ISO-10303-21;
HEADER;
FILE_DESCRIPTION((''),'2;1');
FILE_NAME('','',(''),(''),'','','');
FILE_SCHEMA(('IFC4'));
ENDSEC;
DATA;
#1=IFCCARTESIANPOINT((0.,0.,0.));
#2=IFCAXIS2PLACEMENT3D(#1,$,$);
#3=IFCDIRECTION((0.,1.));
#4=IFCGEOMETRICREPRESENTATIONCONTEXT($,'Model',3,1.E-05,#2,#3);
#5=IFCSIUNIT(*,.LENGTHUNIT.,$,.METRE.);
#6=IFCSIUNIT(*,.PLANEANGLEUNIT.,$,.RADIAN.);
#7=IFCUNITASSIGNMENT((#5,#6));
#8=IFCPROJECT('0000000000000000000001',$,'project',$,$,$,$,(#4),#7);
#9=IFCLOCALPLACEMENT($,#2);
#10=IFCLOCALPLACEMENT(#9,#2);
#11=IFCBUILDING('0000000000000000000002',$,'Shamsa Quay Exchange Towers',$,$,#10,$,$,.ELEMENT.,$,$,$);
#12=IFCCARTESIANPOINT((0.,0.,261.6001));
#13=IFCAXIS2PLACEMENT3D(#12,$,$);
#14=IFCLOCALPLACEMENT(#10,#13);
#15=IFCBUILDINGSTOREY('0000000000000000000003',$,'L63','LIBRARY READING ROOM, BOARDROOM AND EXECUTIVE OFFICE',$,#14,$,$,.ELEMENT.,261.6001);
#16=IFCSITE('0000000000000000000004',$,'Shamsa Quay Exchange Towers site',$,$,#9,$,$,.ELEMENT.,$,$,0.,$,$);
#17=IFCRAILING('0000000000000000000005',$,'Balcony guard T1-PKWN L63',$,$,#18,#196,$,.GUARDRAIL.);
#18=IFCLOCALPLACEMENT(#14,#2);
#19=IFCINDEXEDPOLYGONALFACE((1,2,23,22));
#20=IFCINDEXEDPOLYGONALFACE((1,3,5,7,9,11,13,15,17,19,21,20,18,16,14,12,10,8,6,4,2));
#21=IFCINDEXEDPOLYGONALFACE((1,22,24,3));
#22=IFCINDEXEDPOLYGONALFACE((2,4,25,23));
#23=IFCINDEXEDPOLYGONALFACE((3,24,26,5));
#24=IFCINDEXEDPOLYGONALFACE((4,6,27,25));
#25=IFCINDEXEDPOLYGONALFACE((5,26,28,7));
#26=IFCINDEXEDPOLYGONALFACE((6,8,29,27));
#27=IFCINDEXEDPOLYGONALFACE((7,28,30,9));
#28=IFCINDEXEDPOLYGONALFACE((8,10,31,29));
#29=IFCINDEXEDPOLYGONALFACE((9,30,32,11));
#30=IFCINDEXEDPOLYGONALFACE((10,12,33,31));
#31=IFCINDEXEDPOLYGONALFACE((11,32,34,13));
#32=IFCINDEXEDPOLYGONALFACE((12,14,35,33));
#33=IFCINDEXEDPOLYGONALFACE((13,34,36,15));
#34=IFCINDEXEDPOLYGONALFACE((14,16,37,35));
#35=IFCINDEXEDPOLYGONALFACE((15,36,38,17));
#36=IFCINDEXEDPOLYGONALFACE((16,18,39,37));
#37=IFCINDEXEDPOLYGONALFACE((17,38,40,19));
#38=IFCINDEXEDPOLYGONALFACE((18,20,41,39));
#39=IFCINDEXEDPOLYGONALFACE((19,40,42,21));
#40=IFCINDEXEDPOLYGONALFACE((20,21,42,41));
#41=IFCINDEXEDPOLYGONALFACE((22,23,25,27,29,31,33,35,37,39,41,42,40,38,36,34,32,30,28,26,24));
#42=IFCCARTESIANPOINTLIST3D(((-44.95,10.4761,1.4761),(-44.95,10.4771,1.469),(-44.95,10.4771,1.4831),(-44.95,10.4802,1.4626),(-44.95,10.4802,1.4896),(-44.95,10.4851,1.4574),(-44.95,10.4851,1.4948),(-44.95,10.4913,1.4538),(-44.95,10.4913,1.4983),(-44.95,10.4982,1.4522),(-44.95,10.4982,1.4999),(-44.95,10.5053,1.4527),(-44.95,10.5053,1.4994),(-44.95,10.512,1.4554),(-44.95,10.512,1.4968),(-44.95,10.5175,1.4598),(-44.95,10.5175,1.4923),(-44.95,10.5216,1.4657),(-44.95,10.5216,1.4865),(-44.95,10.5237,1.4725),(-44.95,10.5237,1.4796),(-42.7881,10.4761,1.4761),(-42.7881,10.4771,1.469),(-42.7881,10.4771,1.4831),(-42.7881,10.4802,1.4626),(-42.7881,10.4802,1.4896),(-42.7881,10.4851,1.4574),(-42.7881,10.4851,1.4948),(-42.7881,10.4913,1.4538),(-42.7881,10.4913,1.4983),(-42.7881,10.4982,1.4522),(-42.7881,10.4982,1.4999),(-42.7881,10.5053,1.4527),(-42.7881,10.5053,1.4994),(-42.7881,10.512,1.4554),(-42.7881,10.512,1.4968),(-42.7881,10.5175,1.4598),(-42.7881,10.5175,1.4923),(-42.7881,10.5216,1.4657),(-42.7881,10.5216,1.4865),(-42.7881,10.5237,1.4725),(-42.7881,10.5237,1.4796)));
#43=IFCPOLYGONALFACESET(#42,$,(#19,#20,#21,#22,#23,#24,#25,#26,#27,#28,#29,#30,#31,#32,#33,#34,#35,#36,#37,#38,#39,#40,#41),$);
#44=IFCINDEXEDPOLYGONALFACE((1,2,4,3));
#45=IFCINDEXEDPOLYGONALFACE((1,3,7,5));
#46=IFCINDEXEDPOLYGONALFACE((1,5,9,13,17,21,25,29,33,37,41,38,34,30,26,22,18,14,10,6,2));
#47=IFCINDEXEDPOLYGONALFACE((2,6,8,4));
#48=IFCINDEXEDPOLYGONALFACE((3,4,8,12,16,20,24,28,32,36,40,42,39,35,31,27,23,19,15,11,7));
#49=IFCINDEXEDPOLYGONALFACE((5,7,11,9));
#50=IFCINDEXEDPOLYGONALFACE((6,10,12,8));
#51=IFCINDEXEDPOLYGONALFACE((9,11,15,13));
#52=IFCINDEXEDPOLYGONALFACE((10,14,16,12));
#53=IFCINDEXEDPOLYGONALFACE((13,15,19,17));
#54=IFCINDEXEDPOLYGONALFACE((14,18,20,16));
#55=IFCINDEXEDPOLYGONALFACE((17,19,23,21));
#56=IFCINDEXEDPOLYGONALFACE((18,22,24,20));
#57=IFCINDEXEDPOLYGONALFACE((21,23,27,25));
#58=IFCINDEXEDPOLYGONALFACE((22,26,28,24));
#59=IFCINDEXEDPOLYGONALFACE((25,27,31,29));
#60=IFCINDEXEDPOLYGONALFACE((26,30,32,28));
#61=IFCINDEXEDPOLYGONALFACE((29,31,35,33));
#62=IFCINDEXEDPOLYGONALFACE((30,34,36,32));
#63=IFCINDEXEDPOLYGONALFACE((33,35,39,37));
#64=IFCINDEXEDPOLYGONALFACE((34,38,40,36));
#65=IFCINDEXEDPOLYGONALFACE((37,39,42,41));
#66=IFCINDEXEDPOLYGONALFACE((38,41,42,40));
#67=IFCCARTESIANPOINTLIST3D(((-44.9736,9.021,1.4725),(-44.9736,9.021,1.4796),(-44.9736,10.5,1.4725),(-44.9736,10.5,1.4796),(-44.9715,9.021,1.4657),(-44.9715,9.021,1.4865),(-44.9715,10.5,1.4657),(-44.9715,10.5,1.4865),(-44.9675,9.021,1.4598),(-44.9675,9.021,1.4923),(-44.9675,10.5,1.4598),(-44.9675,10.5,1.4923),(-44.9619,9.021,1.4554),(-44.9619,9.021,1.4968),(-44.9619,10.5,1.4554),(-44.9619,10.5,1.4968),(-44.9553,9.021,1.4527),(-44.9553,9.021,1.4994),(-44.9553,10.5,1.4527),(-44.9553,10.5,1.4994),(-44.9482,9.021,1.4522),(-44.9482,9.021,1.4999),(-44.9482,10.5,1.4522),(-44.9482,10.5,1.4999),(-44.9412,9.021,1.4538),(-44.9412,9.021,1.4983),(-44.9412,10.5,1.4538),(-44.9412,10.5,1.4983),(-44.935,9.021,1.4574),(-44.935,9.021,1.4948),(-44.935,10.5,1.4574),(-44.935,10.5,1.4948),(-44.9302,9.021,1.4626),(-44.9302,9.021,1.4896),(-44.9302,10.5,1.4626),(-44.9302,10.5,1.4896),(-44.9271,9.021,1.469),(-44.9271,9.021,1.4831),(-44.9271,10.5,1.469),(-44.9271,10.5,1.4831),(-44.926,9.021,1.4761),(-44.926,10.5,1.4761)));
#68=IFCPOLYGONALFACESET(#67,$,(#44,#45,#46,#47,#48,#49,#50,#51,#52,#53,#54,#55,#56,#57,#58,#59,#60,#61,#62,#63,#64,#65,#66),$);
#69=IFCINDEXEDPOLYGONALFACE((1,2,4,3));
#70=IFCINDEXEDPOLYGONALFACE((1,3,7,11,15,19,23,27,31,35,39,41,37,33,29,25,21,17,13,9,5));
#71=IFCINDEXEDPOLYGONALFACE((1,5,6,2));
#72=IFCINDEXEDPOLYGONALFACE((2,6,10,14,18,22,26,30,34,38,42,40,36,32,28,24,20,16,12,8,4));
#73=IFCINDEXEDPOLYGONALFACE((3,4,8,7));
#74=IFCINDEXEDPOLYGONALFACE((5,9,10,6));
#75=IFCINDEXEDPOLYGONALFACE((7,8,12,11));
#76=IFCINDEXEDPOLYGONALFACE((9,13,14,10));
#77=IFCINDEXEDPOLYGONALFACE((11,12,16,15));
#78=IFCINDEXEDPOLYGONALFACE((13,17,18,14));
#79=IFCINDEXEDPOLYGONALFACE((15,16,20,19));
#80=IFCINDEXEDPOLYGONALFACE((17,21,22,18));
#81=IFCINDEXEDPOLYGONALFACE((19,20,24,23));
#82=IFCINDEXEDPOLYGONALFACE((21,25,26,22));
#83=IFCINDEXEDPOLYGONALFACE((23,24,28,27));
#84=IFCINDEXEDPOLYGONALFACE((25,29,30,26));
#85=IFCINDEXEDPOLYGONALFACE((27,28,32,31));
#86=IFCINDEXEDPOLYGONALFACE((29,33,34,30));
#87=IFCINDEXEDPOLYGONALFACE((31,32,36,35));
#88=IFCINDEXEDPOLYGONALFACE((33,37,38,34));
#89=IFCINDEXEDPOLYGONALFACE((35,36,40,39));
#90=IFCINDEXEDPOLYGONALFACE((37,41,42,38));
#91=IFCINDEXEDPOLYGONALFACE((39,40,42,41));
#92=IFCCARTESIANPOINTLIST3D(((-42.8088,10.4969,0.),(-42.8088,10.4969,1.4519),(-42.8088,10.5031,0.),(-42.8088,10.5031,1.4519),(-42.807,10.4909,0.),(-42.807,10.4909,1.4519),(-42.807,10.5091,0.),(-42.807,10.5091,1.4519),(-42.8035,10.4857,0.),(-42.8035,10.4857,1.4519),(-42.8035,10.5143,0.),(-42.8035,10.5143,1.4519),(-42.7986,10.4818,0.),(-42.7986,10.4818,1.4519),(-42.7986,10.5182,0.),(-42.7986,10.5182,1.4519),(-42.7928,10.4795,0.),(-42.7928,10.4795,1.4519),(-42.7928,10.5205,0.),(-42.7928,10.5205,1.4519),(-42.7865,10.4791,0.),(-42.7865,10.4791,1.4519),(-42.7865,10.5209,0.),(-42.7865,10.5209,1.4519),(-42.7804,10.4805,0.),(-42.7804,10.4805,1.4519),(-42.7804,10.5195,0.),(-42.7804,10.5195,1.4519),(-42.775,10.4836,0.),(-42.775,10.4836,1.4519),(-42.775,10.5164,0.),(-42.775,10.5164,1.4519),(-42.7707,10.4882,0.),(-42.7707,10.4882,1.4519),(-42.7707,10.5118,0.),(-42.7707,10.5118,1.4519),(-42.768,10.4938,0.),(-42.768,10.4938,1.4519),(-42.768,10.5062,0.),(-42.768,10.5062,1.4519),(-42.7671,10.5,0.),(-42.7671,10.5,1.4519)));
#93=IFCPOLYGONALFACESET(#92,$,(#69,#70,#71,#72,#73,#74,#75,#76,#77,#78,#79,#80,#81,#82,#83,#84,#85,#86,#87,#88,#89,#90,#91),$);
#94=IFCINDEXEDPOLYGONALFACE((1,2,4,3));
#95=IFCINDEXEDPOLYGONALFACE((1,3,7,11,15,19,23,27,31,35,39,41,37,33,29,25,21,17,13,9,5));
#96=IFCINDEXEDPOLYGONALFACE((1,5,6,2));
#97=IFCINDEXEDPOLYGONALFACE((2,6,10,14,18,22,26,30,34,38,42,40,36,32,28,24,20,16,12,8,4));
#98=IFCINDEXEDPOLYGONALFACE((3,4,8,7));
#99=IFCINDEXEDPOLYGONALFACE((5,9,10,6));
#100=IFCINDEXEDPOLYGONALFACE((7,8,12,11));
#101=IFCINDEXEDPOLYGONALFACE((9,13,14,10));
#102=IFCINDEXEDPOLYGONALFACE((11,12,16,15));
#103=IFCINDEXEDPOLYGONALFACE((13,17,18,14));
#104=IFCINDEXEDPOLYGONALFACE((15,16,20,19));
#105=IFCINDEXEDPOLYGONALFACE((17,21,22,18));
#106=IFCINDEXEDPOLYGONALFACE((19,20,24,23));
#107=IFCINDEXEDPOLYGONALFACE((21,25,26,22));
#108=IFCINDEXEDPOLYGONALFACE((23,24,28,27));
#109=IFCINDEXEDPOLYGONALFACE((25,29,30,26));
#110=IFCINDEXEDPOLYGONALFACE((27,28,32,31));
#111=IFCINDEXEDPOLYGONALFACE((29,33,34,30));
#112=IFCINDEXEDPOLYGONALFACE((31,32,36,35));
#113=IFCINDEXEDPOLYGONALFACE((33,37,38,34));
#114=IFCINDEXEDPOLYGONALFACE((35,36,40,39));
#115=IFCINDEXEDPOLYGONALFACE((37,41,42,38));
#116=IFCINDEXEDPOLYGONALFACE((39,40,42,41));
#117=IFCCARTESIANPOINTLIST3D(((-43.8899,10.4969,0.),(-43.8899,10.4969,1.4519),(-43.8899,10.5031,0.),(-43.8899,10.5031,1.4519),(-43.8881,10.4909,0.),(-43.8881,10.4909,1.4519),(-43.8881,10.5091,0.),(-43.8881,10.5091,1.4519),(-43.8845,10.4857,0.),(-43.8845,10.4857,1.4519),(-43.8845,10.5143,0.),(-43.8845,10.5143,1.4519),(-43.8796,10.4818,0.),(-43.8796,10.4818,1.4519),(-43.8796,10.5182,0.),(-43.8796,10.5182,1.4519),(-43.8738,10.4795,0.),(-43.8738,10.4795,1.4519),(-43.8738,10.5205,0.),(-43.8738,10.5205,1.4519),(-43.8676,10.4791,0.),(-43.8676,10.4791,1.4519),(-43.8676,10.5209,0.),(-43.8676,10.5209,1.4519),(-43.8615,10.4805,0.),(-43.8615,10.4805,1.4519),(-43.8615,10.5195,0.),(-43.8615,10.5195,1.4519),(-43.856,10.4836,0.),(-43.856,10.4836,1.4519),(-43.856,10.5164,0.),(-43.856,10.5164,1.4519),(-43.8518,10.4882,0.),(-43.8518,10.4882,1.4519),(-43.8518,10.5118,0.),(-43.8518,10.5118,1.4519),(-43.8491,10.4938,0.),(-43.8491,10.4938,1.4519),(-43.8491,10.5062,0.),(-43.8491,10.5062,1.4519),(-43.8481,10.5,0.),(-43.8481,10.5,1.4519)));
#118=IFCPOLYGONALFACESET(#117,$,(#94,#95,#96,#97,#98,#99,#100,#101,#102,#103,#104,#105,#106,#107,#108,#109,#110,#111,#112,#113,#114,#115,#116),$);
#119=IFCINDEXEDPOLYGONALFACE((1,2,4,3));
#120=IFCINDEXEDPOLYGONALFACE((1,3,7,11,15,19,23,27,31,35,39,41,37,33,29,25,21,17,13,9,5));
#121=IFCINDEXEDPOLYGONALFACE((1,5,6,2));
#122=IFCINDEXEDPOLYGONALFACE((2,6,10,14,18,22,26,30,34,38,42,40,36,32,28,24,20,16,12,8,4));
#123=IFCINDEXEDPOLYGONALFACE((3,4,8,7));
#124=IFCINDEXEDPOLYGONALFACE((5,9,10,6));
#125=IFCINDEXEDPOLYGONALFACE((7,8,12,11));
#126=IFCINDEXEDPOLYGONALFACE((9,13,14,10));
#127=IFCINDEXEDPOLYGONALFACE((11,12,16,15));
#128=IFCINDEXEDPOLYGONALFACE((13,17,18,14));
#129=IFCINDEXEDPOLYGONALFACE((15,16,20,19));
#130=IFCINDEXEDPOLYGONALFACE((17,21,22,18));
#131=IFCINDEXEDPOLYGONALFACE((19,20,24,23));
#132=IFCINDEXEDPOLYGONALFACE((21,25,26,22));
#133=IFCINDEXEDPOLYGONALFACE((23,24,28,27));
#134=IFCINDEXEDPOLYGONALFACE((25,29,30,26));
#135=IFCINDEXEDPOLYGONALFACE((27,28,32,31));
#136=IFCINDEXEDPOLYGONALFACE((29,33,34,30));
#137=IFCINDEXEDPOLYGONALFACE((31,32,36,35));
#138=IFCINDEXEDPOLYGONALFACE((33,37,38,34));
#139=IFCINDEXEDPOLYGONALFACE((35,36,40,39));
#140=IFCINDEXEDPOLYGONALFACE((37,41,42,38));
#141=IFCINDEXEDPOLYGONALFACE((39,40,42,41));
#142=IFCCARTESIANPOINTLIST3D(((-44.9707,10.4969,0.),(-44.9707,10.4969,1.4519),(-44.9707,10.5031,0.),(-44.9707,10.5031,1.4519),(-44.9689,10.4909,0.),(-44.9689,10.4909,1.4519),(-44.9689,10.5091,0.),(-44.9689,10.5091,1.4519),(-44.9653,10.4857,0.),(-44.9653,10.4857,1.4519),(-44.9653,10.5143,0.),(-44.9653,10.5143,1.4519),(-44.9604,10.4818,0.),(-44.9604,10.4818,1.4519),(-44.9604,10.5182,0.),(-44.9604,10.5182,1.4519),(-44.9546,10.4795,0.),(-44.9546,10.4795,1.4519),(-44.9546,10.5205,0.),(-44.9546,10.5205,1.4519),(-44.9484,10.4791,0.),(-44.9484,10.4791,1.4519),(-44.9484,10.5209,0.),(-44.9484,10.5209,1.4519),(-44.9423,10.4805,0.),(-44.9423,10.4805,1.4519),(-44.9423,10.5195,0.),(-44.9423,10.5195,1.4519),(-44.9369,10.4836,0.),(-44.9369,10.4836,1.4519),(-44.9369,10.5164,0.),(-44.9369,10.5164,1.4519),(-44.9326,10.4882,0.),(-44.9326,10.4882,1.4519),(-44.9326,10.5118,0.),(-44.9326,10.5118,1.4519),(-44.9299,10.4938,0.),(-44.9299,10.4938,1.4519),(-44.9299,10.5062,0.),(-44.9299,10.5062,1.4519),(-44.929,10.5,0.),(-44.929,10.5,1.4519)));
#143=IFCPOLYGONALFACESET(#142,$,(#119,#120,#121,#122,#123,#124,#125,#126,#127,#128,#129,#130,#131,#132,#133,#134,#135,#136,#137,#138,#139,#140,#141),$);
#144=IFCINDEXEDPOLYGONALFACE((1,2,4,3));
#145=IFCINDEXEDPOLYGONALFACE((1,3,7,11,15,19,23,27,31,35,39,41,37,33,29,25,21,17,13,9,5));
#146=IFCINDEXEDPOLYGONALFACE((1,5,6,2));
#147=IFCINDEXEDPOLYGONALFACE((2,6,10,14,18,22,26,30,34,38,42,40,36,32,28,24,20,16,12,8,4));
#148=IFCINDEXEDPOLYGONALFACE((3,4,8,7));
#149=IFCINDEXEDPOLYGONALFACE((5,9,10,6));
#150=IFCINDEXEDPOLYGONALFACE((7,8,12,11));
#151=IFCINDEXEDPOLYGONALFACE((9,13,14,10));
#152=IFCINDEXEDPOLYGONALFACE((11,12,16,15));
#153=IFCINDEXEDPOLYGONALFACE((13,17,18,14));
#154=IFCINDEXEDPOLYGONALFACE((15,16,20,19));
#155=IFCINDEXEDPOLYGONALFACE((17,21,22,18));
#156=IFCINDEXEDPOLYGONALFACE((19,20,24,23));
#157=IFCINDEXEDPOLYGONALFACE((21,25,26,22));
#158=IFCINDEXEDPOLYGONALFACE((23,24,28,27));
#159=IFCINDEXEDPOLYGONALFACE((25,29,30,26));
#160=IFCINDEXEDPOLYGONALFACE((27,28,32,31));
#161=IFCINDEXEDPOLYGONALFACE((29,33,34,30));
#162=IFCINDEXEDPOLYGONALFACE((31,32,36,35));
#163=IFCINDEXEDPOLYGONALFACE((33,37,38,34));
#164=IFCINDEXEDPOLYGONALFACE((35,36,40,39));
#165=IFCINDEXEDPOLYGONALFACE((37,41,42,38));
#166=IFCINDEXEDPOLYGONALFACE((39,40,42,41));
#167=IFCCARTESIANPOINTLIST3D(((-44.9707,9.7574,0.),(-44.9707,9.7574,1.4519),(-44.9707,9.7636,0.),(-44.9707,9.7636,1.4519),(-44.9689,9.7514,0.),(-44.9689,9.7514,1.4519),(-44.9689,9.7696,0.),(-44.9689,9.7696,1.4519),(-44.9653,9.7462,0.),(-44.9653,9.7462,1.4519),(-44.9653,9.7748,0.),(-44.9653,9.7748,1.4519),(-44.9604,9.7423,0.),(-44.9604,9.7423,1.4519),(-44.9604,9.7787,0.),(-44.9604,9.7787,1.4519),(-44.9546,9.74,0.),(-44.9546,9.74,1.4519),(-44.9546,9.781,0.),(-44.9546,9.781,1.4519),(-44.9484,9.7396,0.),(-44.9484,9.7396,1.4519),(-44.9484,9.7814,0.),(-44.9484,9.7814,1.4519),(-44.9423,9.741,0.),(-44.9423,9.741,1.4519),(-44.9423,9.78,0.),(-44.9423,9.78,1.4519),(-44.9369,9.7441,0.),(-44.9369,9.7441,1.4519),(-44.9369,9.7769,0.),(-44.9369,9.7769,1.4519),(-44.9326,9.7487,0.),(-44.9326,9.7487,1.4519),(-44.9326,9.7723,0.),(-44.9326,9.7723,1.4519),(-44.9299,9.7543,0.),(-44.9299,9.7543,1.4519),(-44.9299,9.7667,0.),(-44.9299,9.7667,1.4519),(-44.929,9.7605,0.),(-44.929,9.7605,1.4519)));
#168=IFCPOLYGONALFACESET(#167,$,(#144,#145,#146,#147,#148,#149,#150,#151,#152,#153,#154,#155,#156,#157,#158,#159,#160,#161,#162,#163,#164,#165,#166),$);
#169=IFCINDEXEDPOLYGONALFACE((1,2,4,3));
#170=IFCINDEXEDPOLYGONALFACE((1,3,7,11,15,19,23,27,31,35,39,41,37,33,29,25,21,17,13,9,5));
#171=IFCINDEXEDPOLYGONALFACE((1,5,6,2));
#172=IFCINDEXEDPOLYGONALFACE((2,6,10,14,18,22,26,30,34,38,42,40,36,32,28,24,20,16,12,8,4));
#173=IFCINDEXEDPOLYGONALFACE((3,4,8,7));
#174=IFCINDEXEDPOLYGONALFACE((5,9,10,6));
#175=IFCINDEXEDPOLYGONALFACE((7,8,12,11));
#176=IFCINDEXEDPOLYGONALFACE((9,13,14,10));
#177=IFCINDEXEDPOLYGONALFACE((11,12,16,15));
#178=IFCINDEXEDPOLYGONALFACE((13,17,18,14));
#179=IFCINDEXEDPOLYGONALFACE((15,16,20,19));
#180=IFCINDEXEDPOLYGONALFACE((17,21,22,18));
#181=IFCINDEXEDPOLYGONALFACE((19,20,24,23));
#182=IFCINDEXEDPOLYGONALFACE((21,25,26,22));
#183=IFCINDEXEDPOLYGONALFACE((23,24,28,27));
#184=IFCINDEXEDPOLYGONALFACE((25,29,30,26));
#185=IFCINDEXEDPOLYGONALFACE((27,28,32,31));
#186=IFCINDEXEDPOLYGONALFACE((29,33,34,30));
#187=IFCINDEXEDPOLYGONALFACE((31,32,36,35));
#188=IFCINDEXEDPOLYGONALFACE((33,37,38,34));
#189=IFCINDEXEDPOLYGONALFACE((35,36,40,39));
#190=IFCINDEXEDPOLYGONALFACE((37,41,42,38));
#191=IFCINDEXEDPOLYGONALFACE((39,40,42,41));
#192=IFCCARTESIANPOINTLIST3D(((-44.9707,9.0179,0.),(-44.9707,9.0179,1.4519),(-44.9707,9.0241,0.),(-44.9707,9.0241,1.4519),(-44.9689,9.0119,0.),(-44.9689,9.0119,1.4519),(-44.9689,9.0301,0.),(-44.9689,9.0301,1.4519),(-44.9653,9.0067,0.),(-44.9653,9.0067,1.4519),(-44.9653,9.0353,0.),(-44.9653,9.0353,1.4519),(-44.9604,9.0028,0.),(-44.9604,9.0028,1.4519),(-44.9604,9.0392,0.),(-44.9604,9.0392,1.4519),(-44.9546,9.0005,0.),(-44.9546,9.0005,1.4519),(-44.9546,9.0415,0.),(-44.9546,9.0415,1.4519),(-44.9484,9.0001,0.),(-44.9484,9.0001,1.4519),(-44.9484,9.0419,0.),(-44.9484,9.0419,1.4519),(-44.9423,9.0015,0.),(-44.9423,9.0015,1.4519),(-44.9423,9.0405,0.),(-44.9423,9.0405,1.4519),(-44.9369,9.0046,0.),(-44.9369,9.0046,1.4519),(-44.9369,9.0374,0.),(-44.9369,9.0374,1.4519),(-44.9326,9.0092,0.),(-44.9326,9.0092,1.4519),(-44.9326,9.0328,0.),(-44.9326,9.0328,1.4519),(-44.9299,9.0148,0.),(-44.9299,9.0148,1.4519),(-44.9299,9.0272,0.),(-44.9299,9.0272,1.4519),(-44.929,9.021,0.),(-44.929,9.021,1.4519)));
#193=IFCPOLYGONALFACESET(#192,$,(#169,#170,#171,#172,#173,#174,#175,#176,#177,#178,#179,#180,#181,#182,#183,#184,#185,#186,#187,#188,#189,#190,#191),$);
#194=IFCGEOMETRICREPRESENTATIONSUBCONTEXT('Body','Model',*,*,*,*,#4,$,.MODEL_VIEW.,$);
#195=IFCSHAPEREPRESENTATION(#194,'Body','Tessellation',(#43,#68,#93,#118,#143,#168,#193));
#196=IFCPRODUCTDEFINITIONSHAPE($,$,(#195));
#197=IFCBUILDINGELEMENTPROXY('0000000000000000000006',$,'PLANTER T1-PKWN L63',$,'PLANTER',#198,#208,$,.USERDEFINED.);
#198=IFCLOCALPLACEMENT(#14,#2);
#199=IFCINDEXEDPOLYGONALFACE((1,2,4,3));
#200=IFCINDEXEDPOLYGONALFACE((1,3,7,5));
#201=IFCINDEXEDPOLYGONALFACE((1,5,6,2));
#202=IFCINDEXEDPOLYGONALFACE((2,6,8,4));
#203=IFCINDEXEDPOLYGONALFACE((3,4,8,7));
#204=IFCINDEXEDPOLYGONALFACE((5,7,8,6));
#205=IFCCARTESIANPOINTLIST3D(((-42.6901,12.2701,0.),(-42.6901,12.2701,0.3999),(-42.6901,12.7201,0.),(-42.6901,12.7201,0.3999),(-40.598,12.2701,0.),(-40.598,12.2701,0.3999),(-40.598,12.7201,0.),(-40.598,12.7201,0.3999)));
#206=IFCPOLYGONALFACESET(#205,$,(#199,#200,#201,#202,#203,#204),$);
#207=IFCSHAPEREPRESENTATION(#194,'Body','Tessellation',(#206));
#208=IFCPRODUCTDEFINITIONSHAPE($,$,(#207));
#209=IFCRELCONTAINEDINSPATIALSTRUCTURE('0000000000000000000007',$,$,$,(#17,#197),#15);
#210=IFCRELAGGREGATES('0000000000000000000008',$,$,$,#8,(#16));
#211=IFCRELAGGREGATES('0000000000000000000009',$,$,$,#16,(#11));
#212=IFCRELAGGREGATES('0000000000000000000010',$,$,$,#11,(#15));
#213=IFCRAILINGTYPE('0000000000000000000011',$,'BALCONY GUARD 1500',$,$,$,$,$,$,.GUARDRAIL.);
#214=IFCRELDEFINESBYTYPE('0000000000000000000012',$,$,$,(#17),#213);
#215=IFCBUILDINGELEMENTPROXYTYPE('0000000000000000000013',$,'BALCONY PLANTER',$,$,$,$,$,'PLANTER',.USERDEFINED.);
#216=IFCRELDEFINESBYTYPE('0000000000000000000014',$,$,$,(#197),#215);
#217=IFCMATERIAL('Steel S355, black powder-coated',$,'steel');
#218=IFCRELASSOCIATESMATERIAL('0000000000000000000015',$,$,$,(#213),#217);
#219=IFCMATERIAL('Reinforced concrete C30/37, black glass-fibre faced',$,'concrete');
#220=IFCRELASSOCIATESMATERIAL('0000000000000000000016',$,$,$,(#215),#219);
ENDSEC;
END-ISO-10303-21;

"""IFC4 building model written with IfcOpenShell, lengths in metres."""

from ifc_helpers import new_model, si_unit, direction, frame, origin, origin_2d, place, context, subcontext, project, spatial, rectangle, circle, extrude, material, type_object, element, save


model = new_model("IFC4")

# Units and contexts
model_context = context("Model", 3, precision=1e-05, world=origin(), true_north=direction((0.0, 1.0)))
body_context = subcontext(model_context, "Body", "Model", "MODEL_VIEW")
ifc_project = project(units=[si_unit("LENGTHUNIT", "METRE"), si_unit("PLANEANGLEUNIT", "RADIAN")], contexts=[model_context])

# Site, building, storey
site_placement = place(None, origin())
site = spatial("IfcSite", under=ifc_project, at=site_placement, Name="Shamsa Quay Exchange Towers site", CompositionType="ELEMENT", RefElevation=0.0)
building_placement = place(site_placement, origin())
building = spatial("IfcBuilding", under=site, at=building_placement, Name="Shamsa Quay Exchange Towers", CompositionType="ELEMENT")
storey_placement = place(building_placement, frame((0.0, 0.0, 261.6001)))
storey = spatial("IfcBuildingStorey", under=building, at=storey_placement, Name="L63", Description="LIBRARY READING ROOM, BOARDROOM AND EXECUTIVE OFFICE", CompositionType="ELEMENT", Elevation=261.6001)

# Railing
ifc_material_1 = material(Name="Steel S355, black powder-coated", Category="steel")
railing_type_1 = type_object("IfcRailingType", Name="BALCONY GUARD 1500", PredefinedType="GUARDRAIL", material=ifc_material_1)
for number, where, name in (
    (1, (-42.7881, 10.5, 0.0), "Balcony guard T1-PKWN L63"),
):
    element("IfcRailing", number, at=place(storey_placement, frame(where)), inside=storey, type_object=railing_type_1, Name=name, PredefinedType="GUARDRAIL", context=body_context, shape_type="SweptSolid", body=[
        extrude(circle(Radius=0.0239, at=origin_2d()), frame((0.0, 0.0, 1.4761), z_axis=(-1.0, 0.0, 0.0), x_axis=(0.0, -1.0, 0.0)), (0.0, 0.0, 1.0), 2.1619),
        extrude(circle(Radius=0.0239, at=origin_2d()), frame((-2.1619, 0.0, 1.4761), z_axis=(0.0, -1.0, 0.0), x_axis=(1.0, 0.0, 0.0)), (0.0, 0.0, 1.0), 1.479),
        extrude(circle(Radius=0.021, at=origin_2d()), origin(), (0.0, 0.0, 1.0), 1.4519),
        extrude(circle(Radius=0.021, at=origin_2d()), frame((-1.0811, 0.0, 0.0)), (0.0, 0.0, 1.0), 1.4519),
        extrude(circle(Radius=0.021, at=origin_2d()), frame((-2.1619, 0.0, 0.0)), (0.0, 0.0, 1.0), 1.4519),
        extrude(circle(Radius=0.021, at=origin_2d()), frame((-2.1619, -0.7395, 0.0)), (0.0, 0.0, 1.0), 1.4519),
        extrude(circle(Radius=0.021, at=origin_2d()), frame((-2.1619, -1.479, 0.0)), (0.0, 0.0, 1.0), 1.4519),
    ])

# Building element proxy
ifc_material_2 = material(Name="Reinforced concrete C30/37, black glass-fibre faced", Category="concrete")
building_element_proxy_type = type_object("IfcBuildingElementProxyType", Name="BALCONY PLANTER", ElementType="PLANTER", PredefinedType="USERDEFINED", material=ifc_material_2)
proxy_placement = place(storey_placement, frame((-41.644, 12.4951, 0.0), z_axis=(0.0, 0.0, 1.0), x_axis=(-1.0, 0.0, 0.0)))
element("IfcBuildingElementProxy", 2, at=proxy_placement, inside=storey, type_object=building_element_proxy_type, Name="PLANTER T1-PKWN L63", ObjectType="PLANTER", PredefinedType="USERDEFINED", context=body_context, shape_type="SweptSolid", body=[
    extrude(rectangle(XDim=2.092, YDim=0.45, at=origin_2d()), origin(), (0.0, 0.0, 1.0), 0.3999),
])

save(model, "model.ifc")
